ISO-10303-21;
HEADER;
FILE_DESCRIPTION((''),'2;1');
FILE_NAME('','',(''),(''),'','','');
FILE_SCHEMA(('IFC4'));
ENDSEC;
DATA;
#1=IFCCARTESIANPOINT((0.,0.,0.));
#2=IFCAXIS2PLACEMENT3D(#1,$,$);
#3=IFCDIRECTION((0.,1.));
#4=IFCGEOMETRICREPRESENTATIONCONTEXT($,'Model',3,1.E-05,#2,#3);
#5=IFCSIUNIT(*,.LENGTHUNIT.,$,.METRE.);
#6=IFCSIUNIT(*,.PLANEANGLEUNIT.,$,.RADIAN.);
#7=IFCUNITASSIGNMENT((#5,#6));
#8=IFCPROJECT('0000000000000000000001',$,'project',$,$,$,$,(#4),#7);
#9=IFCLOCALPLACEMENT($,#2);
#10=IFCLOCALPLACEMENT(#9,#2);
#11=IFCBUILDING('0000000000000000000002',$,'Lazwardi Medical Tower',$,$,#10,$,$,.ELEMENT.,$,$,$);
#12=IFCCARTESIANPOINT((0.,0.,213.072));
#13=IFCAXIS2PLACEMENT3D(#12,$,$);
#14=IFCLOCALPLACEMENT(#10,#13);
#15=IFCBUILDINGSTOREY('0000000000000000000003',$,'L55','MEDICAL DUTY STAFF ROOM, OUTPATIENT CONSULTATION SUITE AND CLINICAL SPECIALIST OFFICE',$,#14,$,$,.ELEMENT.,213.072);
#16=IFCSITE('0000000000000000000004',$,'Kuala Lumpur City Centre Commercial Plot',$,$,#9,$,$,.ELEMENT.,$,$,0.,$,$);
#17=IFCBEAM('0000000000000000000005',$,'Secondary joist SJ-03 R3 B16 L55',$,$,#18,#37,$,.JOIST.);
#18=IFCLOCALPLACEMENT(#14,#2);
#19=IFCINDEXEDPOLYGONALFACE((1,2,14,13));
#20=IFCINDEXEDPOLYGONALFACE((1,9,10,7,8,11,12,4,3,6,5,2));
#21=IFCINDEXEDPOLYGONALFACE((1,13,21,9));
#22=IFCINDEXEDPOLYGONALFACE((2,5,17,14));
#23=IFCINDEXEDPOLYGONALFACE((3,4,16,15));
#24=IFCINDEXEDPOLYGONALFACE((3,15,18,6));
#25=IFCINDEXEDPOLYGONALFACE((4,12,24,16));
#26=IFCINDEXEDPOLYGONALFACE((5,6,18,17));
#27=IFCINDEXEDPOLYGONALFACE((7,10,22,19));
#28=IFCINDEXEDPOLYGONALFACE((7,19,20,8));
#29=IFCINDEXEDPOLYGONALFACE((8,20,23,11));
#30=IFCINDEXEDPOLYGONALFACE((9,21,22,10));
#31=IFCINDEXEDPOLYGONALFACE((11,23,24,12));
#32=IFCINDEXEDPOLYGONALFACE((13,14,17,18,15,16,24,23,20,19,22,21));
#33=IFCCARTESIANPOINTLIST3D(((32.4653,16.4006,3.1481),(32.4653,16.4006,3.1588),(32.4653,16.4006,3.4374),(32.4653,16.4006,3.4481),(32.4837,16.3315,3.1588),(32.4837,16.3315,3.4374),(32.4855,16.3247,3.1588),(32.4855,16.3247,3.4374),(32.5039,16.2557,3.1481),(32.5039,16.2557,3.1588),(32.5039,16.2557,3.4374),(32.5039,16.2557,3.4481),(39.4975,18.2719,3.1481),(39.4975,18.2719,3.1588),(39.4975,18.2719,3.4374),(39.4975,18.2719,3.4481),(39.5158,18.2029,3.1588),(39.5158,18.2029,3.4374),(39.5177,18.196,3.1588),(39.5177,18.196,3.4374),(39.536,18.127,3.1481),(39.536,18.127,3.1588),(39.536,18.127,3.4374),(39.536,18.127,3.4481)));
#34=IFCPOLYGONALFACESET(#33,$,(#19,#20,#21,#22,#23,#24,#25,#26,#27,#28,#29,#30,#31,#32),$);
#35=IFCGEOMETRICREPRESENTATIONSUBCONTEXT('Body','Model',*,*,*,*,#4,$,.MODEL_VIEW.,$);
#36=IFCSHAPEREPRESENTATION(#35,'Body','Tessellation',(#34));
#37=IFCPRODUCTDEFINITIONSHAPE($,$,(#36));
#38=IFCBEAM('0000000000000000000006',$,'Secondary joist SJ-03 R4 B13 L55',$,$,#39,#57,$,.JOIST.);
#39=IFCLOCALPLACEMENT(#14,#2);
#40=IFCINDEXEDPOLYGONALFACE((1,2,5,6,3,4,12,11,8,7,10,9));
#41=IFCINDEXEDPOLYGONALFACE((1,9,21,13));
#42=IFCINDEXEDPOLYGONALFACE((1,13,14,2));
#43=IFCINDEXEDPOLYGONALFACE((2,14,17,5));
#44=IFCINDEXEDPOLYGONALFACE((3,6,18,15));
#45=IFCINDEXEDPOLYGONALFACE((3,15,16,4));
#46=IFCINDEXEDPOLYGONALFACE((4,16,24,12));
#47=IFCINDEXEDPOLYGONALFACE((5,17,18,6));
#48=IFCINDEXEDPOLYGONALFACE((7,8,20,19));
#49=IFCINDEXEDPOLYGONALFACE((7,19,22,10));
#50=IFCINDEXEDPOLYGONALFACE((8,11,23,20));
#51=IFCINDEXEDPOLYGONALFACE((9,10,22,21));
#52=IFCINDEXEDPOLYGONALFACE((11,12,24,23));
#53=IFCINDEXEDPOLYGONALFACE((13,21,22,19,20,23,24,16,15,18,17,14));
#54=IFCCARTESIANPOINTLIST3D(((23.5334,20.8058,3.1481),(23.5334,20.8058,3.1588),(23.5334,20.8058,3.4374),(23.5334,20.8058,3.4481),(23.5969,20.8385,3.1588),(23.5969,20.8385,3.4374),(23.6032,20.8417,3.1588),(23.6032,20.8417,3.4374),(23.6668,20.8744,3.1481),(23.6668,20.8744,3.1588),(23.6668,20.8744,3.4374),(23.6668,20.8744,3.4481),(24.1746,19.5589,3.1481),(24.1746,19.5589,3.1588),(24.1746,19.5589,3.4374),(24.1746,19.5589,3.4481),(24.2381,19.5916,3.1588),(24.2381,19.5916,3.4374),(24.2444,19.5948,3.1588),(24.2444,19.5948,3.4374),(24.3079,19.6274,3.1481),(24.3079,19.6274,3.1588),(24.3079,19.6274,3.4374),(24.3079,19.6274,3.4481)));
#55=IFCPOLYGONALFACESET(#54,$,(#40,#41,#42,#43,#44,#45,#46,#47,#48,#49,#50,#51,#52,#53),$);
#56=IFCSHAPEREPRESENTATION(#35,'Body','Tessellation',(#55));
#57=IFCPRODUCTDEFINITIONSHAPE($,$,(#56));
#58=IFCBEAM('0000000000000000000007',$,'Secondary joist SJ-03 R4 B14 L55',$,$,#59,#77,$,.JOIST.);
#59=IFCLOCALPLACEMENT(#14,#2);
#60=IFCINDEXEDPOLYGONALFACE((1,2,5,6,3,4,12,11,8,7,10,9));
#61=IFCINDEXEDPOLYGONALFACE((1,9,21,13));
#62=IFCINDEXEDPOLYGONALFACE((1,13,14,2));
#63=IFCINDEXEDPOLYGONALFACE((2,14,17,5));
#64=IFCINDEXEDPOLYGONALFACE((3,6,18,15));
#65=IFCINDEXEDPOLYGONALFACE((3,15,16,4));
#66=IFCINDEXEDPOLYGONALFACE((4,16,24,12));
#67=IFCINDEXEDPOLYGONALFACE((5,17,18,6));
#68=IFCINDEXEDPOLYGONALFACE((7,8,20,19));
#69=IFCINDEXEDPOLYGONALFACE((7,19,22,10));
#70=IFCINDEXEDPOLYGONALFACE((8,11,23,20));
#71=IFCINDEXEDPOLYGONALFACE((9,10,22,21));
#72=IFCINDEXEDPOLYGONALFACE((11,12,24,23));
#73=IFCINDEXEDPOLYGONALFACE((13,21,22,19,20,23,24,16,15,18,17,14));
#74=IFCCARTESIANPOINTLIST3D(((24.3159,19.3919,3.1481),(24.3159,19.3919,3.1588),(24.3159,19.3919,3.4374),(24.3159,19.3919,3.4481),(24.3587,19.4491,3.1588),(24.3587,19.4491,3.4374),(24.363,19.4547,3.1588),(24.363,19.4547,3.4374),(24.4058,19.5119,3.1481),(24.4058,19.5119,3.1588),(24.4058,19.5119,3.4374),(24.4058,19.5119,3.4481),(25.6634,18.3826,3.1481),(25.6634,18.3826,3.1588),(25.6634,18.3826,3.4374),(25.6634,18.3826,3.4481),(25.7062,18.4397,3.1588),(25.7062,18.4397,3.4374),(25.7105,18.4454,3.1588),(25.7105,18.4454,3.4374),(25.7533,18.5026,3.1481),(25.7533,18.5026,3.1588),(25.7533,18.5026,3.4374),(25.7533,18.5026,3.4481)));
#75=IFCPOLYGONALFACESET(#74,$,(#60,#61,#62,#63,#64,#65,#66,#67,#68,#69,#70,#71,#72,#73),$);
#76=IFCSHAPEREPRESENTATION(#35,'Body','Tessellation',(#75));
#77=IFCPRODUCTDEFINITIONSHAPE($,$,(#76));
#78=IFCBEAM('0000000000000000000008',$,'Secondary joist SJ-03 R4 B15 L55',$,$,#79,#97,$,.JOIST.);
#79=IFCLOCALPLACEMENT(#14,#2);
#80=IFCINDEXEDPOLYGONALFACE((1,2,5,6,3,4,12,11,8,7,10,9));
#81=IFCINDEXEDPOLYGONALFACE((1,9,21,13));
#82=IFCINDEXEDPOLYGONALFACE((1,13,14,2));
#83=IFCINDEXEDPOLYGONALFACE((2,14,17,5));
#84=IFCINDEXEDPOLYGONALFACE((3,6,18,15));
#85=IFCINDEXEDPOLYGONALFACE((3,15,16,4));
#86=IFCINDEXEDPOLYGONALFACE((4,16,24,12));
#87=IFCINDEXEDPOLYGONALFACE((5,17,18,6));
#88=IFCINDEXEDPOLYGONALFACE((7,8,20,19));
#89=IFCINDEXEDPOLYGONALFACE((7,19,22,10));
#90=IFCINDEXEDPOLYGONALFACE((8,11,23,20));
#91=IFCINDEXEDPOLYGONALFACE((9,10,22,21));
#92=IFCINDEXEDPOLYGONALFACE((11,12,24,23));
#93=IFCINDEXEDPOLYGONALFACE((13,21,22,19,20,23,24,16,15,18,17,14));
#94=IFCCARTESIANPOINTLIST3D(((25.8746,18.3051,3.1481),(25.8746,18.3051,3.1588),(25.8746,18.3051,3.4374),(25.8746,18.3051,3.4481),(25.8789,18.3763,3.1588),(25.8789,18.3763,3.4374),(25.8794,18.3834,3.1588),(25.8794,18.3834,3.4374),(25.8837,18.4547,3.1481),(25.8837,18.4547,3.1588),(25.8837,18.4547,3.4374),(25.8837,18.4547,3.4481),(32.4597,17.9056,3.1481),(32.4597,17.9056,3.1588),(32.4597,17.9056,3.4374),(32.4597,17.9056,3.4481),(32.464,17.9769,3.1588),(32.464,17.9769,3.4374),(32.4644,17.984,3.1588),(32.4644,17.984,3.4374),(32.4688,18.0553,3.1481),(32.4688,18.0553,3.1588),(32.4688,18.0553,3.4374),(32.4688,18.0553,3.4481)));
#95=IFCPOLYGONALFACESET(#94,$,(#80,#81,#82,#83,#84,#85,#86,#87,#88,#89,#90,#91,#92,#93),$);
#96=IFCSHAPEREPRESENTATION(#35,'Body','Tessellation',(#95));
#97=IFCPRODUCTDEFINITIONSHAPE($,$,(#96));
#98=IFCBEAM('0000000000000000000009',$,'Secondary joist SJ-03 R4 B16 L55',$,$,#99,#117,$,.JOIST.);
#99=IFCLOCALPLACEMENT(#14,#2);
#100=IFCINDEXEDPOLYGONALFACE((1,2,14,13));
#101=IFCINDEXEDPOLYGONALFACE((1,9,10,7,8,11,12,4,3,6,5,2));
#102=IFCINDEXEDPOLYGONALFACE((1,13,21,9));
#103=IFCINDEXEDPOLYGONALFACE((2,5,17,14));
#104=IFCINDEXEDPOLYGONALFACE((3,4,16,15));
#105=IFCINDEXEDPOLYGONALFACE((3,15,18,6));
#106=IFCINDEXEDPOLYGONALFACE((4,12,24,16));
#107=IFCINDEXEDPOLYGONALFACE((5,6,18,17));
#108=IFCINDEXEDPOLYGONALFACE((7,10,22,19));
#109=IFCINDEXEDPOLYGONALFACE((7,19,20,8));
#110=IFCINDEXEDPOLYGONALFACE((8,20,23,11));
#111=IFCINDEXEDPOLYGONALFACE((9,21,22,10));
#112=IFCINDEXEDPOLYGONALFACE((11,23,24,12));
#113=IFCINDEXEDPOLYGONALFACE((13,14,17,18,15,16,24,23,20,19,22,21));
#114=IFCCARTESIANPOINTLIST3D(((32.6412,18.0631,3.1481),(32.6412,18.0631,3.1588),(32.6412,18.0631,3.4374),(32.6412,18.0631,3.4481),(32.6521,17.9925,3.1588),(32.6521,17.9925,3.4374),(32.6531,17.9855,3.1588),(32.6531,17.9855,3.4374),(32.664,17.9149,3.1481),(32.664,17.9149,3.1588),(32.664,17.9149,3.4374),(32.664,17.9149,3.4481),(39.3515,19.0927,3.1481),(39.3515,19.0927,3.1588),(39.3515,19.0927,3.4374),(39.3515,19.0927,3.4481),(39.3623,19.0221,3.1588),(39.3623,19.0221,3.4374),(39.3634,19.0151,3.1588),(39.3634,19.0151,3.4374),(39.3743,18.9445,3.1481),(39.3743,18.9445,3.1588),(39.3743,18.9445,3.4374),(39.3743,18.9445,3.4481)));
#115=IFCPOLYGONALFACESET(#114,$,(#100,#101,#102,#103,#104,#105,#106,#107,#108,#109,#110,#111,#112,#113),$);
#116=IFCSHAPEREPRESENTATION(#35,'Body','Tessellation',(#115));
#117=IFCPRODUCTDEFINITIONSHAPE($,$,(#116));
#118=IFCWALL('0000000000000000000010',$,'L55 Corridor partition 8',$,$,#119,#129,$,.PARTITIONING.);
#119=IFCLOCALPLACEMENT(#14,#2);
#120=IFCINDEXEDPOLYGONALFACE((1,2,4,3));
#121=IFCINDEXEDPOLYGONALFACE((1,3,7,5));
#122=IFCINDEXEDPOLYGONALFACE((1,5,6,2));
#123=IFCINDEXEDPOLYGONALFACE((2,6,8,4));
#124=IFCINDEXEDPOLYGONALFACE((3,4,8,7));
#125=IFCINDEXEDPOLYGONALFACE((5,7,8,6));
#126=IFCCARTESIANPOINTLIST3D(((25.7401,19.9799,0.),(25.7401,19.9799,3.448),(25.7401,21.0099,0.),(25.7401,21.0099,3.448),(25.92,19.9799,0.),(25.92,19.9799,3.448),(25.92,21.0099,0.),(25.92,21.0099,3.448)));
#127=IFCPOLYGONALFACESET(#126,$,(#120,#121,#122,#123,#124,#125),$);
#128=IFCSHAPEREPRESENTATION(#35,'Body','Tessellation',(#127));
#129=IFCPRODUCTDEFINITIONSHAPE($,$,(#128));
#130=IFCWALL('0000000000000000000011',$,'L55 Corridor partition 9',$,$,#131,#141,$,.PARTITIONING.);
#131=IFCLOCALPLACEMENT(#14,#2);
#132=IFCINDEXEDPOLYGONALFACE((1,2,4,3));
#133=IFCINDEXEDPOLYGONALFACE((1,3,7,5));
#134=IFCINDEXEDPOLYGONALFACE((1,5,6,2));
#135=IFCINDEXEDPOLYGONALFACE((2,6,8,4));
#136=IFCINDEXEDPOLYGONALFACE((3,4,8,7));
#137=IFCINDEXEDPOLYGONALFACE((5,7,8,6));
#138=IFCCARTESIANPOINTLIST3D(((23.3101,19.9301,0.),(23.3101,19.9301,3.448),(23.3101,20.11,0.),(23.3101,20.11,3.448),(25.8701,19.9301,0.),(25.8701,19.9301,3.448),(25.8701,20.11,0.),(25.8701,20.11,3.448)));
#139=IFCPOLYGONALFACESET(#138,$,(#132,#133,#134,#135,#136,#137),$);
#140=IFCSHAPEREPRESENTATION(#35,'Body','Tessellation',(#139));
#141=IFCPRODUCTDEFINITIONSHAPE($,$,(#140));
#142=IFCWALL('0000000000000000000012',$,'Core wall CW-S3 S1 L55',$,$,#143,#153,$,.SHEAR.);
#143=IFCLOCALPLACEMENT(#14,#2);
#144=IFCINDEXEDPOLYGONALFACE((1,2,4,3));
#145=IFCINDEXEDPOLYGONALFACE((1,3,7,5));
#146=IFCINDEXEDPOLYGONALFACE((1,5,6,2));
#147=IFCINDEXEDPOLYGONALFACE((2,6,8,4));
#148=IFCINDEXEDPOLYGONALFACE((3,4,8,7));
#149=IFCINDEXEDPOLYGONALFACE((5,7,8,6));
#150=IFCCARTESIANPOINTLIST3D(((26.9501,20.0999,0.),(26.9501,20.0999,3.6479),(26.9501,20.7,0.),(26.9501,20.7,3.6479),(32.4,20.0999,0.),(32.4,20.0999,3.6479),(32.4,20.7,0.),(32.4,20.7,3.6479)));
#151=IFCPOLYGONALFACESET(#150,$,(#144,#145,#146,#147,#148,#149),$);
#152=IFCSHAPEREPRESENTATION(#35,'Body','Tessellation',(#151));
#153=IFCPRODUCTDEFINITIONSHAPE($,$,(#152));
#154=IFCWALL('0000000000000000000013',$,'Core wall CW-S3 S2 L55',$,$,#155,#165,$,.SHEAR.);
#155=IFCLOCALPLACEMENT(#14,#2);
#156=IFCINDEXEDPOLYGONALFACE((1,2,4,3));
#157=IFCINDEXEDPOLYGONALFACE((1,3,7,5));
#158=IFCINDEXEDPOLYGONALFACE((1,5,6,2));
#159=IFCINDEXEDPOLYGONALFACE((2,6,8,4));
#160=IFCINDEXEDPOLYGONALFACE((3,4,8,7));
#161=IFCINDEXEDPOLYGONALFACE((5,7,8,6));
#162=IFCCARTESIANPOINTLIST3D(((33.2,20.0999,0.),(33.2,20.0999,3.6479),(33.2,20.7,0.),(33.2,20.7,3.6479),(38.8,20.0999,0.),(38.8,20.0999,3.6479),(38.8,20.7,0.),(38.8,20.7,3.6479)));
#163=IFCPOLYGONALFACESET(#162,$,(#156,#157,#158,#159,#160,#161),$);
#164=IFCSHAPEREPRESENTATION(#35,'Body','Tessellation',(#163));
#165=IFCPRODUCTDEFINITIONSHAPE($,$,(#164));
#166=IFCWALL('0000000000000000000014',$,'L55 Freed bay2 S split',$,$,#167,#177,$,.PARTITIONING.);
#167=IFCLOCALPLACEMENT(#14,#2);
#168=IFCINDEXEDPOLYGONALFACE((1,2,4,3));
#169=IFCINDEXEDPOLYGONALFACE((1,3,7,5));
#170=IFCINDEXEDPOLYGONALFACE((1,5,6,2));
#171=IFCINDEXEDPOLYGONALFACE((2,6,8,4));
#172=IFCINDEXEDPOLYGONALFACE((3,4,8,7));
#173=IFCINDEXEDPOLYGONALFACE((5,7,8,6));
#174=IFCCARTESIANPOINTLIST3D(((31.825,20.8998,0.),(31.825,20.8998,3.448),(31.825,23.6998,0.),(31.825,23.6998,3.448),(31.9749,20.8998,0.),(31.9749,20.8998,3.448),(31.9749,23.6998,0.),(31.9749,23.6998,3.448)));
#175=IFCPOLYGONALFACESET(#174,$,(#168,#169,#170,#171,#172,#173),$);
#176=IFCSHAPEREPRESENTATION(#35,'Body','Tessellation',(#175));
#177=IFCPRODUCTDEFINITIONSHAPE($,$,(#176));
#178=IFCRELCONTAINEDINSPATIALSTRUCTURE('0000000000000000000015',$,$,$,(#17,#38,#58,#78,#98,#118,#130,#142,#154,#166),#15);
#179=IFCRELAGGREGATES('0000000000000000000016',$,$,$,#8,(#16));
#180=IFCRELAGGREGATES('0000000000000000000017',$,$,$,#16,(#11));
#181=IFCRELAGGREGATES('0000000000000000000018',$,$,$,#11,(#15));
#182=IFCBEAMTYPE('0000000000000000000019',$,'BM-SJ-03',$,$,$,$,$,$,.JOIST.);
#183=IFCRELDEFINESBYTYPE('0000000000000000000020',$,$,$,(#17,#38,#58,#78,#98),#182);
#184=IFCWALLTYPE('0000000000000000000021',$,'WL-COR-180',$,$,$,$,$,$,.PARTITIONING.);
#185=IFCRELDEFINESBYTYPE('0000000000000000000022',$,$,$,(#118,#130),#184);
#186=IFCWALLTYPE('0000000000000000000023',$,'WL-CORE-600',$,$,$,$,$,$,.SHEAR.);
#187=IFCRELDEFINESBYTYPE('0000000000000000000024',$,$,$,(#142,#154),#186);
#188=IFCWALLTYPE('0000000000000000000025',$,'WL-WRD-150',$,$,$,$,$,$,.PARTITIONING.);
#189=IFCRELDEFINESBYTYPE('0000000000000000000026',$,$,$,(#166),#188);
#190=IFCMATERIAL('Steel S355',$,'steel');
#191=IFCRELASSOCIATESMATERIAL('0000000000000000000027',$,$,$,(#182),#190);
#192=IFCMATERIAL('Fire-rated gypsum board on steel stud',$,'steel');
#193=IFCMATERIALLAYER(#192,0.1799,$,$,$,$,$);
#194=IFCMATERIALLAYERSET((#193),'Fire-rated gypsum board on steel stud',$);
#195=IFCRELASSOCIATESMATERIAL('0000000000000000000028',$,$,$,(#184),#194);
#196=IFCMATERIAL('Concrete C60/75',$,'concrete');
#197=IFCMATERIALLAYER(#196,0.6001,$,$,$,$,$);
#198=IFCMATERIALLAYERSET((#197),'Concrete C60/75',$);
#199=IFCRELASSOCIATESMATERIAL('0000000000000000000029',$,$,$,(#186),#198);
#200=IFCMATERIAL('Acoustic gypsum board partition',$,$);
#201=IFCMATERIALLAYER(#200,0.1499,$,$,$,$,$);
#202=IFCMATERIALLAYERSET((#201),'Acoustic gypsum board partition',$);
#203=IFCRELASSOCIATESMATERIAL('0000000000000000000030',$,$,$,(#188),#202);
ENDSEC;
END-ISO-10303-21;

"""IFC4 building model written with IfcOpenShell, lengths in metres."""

from ifc_helpers import new_model, si_unit, direction, frame, frame_2d, origin, origin_2d, place, context, subcontext, project, spatial, rectangle, i_section, extrude, material, layer, layer_set, material_profile, profile_set, type_object, element, save


model = new_model("IFC4")

# Units and contexts
model_context = context("Model", 3, precision=1e-05, world=origin(), true_north=direction((0.0, 1.0)))
body_context = subcontext(model_context, "Body", "Model", "MODEL_VIEW")
ifc_project = project(units=[si_unit("LENGTHUNIT", "METRE"), si_unit("PLANEANGLEUNIT", "RADIAN")], contexts=[model_context])

# Site, building, storey
site_placement = place(None, origin())
site = spatial("IfcSite", under=ifc_project, at=site_placement, Name="Kuala Lumpur City Centre Commercial Plot", CompositionType="ELEMENT", RefElevation=0.0)
building_placement = place(site_placement, origin())
building = spatial("IfcBuilding", under=site, at=building_placement, Name="Lazwardi Medical Tower", CompositionType="ELEMENT")
storey_placement = place(building_placement, frame((0.0, 0.0, 213.072)))
storey = spatial("IfcBuildingStorey", under=building, at=storey_placement, Name="L55", Description="MEDICAL DUTY STAFF ROOM, OUTPATIENT CONSULTATION SUITE AND CLINICAL SPECIALIST OFFICE", CompositionType="ELEMENT", Elevation=213.072)

# Shared definitions
ifc_material_1 = material(Name="Concrete C60/75", Category="concrete")

# Beams
ifc_material_2 = material(Name="Steel S355", Category="steel")
ifc_material_profile_1 = material_profile(ifc_material_2, i_section(OverallWidth=0.1499, OverallDepth=0.3, WebThickness=0.0071, FlangeThickness=0.0107, at=origin_2d()), Name="IPE 300")
ifc_profile_set_1 = profile_set([ifc_material_profile_1], Name="Steel S355")
beam_type_1 = type_object("IfcBeamType", Name="BM-SJ-03", PredefinedType="JOIST", material=ifc_profile_set_1)
beam_1_placement = place(storey_placement, frame((32.4846, 16.3281, 3.2981), z_axis=(0.966369, 0.257159, 0.0), x_axis=(-0.257159, 0.966369, 0.0)))
element("IfcBeam", 1, at=beam_1_placement, inside=storey, type_object=beam_type_1, Name="Secondary joist SJ-03 R3 B16 L55", PredefinedType="JOIST", context=body_context, shape_type="SweptSolid", body=[
    extrude(i_section(OverallWidth=0.1499, OverallDepth=0.3, WebThickness=0.0071, FlangeThickness=0.0107, at=origin_2d()), origin(), (0.0, 0.0, 1.0), 7.2769),
])
beam_2_placement = place(storey_placement, frame((23.6001, 20.8401, 3.2981), z_axis=(0.457285, -0.88932, 0.0), x_axis=(0.88932, 0.457285, 0.0)))
element("IfcBeam", 2, at=beam_2_placement, inside=storey, type_object=beam_type_1, Name="Secondary joist SJ-03 R4 B13 L55", PredefinedType="JOIST", context=body_context, shape_type="SweptSolid", body=[
    extrude(i_section(OverallWidth=0.1499, OverallDepth=0.3, WebThickness=0.0071, FlangeThickness=0.0107, at=origin_2d()), origin(), (0.0, 0.0, 1.0), 1.4021),
])
beam_3_placement = place(storey_placement, frame((24.3608, 19.4519, 3.2981), z_axis=(0.800365, -0.599513, 0.0), x_axis=(0.599513, 0.800365, 0.0)))
element("IfcBeam", 3, at=beam_3_placement, inside=storey, type_object=beam_type_1, Name="Secondary joist SJ-03 R4 B14 L55", PredefinedType="JOIST", context=body_context, shape_type="SweptSolid", body=[
    extrude(i_section(OverallWidth=0.1499, OverallDepth=0.3, WebThickness=0.0071, FlangeThickness=0.0107, at=origin_2d()), origin(), (0.0, 0.0, 1.0), 1.6836),
])
beam_4_placement = place(storey_placement, frame((25.8792, 18.3799, 3.2981), z_axis=(0.998166, -0.060544, 0.0), x_axis=(0.060544, 0.998166, 0.0)))
element("IfcBeam", 4, at=beam_4_placement, inside=storey, type_object=beam_type_1, Name="Secondary joist SJ-03 R4 B15 L55", PredefinedType="JOIST", context=body_context, shape_type="SweptSolid", body=[
    extrude(i_section(OverallWidth=0.1499, OverallDepth=0.3, WebThickness=0.0071, FlangeThickness=0.0107, at=origin_2d()), origin(), (0.0, 0.0, 1.0), 6.5972),
])
beam_5_placement = place(storey_placement, frame((32.6526, 17.989, 3.2981), z_axis=(0.988434, 0.151655, 0.0), x_axis=(-0.151655, 0.988434, 0.0)))
element("IfcBeam", 5, at=beam_5_placement, inside=storey, type_object=beam_type_1, Name="Secondary joist SJ-03 R4 B16 L55", PredefinedType="JOIST", context=body_context, shape_type="SweptSolid", body=[
    extrude(i_section(OverallWidth=0.1499, OverallDepth=0.3, WebThickness=0.0071, FlangeThickness=0.0107, at=origin_2d()), origin(), (0.0, 0.0, 1.0), 6.7888),
])

# Walls
ifc_material_3 = material(Name="Fire-rated gypsum board on steel stud", Category="steel")
ifc_layer_1 = layer(ifc_material_3, 0.1799)
ifc_layer_set_1 = layer_set([ifc_layer_1], Name="Fire-rated gypsum board on steel stud")
wall_type_1 = type_object("IfcWallType", Name="WL-COR-180", PredefinedType="PARTITIONING", material=ifc_layer_set_1)
wall_1_placement = place(storey_placement, frame((25.8301, 21.01, 0.0), z_axis=(0.0, 0.0, 1.0), x_axis=(0.0, -1.0, 0.0)))
element("IfcWall", 6, at=wall_1_placement, inside=storey, type_object=wall_type_1, Name="L55 Corridor partition 8", PredefinedType="PARTITIONING", context=body_context, shape_type="SweptSolid", body=[
    extrude(rectangle(XDim=1.03, YDim=0.1799, at=frame_2d((0.5151, 0.0))), origin(), (0.0, 0.0, 1.0), 3.448),
])
wall_2_placement = place(storey_placement, frame((25.8701, 20.02, 0.0), z_axis=(0.0, 0.0, 1.0), x_axis=(-1.0, 0.0, 0.0)))
element("IfcWall", 7, at=wall_2_placement, inside=storey, type_object=wall_type_1, Name="L55 Corridor partition 9", PredefinedType="PARTITIONING", context=body_context, shape_type="SweptSolid", body=[
    extrude(rectangle(XDim=2.5601, YDim=0.1799, at=frame_2d((1.28, 0.0))), origin(), (0.0, 0.0, 1.0), 3.448),
])

# Shared definitions
ifc_layer_2 = layer(ifc_material_1, 0.6001)
ifc_layer_set_2 = layer_set([ifc_layer_2], Name="Concrete C60/75")
wall_type_2 = type_object("IfcWallType", Name="WL-CORE-600", PredefinedType="SHEAR", material=ifc_layer_set_2)

# Walls
wall_3_placement = place(storey_placement, frame((26.95, 20.3999, 0.0), z_axis=(0.0, 0.0, 1.0), x_axis=(1.0, 0.0, 0.0)))
element("IfcWall", 8, at=wall_3_placement, inside=storey, type_object=wall_type_2, Name="Core wall CW-S3 S1 L55", PredefinedType="SHEAR", context=body_context, shape_type="SweptSolid", body=[
    extrude(rectangle(XDim=5.45, YDim=0.6001, at=frame_2d((2.7251, 0.0))), origin(), (0.0, 0.0, 1.0), 3.6479),
])
wall_4_placement = place(storey_placement, frame((33.2, 20.3999, 0.0), z_axis=(0.0, 0.0, 1.0), x_axis=(1.0, 0.0, 0.0)))
element("IfcWall", 9, at=wall_4_placement, inside=storey, type_object=wall_type_2, Name="Core wall CW-S3 S2 L55", PredefinedType="SHEAR", context=body_context, shape_type="SweptSolid", body=[
    extrude(rectangle(XDim=5.6001, YDim=0.6001, at=frame_2d((2.8, 0.0))), origin(), (0.0, 0.0, 1.0), 3.6479),
])
ifc_material_4 = material(Name="Acoustic gypsum board partition")
ifc_layer_3 = layer(ifc_material_4, 0.1499)
ifc_layer_set_3 = layer_set([ifc_layer_3], Name="Acoustic gypsum board partition")
wall_type_3 = type_object("IfcWallType", Name="WL-WRD-150", PredefinedType="PARTITIONING", material=ifc_layer_set_3)
wall_5_placement = place(storey_placement, frame((31.8999, 20.8999, 0.0), z_axis=(0.0, 0.0, 1.0), x_axis=(0.0, 1.0, 0.0)))
element("IfcWall", 10, at=wall_5_placement, inside=storey, type_object=wall_type_3, Name="L55 Freed bay2 S split", PredefinedType="PARTITIONING", context=body_context, shape_type="SweptSolid", body=[
    extrude(rectangle(XDim=2.8, YDim=0.1499, at=frame_2d((1.3999, 0.0))), origin(), (0.0, 0.0, 1.0), 3.448),
])

save(model, "model.ifc")
